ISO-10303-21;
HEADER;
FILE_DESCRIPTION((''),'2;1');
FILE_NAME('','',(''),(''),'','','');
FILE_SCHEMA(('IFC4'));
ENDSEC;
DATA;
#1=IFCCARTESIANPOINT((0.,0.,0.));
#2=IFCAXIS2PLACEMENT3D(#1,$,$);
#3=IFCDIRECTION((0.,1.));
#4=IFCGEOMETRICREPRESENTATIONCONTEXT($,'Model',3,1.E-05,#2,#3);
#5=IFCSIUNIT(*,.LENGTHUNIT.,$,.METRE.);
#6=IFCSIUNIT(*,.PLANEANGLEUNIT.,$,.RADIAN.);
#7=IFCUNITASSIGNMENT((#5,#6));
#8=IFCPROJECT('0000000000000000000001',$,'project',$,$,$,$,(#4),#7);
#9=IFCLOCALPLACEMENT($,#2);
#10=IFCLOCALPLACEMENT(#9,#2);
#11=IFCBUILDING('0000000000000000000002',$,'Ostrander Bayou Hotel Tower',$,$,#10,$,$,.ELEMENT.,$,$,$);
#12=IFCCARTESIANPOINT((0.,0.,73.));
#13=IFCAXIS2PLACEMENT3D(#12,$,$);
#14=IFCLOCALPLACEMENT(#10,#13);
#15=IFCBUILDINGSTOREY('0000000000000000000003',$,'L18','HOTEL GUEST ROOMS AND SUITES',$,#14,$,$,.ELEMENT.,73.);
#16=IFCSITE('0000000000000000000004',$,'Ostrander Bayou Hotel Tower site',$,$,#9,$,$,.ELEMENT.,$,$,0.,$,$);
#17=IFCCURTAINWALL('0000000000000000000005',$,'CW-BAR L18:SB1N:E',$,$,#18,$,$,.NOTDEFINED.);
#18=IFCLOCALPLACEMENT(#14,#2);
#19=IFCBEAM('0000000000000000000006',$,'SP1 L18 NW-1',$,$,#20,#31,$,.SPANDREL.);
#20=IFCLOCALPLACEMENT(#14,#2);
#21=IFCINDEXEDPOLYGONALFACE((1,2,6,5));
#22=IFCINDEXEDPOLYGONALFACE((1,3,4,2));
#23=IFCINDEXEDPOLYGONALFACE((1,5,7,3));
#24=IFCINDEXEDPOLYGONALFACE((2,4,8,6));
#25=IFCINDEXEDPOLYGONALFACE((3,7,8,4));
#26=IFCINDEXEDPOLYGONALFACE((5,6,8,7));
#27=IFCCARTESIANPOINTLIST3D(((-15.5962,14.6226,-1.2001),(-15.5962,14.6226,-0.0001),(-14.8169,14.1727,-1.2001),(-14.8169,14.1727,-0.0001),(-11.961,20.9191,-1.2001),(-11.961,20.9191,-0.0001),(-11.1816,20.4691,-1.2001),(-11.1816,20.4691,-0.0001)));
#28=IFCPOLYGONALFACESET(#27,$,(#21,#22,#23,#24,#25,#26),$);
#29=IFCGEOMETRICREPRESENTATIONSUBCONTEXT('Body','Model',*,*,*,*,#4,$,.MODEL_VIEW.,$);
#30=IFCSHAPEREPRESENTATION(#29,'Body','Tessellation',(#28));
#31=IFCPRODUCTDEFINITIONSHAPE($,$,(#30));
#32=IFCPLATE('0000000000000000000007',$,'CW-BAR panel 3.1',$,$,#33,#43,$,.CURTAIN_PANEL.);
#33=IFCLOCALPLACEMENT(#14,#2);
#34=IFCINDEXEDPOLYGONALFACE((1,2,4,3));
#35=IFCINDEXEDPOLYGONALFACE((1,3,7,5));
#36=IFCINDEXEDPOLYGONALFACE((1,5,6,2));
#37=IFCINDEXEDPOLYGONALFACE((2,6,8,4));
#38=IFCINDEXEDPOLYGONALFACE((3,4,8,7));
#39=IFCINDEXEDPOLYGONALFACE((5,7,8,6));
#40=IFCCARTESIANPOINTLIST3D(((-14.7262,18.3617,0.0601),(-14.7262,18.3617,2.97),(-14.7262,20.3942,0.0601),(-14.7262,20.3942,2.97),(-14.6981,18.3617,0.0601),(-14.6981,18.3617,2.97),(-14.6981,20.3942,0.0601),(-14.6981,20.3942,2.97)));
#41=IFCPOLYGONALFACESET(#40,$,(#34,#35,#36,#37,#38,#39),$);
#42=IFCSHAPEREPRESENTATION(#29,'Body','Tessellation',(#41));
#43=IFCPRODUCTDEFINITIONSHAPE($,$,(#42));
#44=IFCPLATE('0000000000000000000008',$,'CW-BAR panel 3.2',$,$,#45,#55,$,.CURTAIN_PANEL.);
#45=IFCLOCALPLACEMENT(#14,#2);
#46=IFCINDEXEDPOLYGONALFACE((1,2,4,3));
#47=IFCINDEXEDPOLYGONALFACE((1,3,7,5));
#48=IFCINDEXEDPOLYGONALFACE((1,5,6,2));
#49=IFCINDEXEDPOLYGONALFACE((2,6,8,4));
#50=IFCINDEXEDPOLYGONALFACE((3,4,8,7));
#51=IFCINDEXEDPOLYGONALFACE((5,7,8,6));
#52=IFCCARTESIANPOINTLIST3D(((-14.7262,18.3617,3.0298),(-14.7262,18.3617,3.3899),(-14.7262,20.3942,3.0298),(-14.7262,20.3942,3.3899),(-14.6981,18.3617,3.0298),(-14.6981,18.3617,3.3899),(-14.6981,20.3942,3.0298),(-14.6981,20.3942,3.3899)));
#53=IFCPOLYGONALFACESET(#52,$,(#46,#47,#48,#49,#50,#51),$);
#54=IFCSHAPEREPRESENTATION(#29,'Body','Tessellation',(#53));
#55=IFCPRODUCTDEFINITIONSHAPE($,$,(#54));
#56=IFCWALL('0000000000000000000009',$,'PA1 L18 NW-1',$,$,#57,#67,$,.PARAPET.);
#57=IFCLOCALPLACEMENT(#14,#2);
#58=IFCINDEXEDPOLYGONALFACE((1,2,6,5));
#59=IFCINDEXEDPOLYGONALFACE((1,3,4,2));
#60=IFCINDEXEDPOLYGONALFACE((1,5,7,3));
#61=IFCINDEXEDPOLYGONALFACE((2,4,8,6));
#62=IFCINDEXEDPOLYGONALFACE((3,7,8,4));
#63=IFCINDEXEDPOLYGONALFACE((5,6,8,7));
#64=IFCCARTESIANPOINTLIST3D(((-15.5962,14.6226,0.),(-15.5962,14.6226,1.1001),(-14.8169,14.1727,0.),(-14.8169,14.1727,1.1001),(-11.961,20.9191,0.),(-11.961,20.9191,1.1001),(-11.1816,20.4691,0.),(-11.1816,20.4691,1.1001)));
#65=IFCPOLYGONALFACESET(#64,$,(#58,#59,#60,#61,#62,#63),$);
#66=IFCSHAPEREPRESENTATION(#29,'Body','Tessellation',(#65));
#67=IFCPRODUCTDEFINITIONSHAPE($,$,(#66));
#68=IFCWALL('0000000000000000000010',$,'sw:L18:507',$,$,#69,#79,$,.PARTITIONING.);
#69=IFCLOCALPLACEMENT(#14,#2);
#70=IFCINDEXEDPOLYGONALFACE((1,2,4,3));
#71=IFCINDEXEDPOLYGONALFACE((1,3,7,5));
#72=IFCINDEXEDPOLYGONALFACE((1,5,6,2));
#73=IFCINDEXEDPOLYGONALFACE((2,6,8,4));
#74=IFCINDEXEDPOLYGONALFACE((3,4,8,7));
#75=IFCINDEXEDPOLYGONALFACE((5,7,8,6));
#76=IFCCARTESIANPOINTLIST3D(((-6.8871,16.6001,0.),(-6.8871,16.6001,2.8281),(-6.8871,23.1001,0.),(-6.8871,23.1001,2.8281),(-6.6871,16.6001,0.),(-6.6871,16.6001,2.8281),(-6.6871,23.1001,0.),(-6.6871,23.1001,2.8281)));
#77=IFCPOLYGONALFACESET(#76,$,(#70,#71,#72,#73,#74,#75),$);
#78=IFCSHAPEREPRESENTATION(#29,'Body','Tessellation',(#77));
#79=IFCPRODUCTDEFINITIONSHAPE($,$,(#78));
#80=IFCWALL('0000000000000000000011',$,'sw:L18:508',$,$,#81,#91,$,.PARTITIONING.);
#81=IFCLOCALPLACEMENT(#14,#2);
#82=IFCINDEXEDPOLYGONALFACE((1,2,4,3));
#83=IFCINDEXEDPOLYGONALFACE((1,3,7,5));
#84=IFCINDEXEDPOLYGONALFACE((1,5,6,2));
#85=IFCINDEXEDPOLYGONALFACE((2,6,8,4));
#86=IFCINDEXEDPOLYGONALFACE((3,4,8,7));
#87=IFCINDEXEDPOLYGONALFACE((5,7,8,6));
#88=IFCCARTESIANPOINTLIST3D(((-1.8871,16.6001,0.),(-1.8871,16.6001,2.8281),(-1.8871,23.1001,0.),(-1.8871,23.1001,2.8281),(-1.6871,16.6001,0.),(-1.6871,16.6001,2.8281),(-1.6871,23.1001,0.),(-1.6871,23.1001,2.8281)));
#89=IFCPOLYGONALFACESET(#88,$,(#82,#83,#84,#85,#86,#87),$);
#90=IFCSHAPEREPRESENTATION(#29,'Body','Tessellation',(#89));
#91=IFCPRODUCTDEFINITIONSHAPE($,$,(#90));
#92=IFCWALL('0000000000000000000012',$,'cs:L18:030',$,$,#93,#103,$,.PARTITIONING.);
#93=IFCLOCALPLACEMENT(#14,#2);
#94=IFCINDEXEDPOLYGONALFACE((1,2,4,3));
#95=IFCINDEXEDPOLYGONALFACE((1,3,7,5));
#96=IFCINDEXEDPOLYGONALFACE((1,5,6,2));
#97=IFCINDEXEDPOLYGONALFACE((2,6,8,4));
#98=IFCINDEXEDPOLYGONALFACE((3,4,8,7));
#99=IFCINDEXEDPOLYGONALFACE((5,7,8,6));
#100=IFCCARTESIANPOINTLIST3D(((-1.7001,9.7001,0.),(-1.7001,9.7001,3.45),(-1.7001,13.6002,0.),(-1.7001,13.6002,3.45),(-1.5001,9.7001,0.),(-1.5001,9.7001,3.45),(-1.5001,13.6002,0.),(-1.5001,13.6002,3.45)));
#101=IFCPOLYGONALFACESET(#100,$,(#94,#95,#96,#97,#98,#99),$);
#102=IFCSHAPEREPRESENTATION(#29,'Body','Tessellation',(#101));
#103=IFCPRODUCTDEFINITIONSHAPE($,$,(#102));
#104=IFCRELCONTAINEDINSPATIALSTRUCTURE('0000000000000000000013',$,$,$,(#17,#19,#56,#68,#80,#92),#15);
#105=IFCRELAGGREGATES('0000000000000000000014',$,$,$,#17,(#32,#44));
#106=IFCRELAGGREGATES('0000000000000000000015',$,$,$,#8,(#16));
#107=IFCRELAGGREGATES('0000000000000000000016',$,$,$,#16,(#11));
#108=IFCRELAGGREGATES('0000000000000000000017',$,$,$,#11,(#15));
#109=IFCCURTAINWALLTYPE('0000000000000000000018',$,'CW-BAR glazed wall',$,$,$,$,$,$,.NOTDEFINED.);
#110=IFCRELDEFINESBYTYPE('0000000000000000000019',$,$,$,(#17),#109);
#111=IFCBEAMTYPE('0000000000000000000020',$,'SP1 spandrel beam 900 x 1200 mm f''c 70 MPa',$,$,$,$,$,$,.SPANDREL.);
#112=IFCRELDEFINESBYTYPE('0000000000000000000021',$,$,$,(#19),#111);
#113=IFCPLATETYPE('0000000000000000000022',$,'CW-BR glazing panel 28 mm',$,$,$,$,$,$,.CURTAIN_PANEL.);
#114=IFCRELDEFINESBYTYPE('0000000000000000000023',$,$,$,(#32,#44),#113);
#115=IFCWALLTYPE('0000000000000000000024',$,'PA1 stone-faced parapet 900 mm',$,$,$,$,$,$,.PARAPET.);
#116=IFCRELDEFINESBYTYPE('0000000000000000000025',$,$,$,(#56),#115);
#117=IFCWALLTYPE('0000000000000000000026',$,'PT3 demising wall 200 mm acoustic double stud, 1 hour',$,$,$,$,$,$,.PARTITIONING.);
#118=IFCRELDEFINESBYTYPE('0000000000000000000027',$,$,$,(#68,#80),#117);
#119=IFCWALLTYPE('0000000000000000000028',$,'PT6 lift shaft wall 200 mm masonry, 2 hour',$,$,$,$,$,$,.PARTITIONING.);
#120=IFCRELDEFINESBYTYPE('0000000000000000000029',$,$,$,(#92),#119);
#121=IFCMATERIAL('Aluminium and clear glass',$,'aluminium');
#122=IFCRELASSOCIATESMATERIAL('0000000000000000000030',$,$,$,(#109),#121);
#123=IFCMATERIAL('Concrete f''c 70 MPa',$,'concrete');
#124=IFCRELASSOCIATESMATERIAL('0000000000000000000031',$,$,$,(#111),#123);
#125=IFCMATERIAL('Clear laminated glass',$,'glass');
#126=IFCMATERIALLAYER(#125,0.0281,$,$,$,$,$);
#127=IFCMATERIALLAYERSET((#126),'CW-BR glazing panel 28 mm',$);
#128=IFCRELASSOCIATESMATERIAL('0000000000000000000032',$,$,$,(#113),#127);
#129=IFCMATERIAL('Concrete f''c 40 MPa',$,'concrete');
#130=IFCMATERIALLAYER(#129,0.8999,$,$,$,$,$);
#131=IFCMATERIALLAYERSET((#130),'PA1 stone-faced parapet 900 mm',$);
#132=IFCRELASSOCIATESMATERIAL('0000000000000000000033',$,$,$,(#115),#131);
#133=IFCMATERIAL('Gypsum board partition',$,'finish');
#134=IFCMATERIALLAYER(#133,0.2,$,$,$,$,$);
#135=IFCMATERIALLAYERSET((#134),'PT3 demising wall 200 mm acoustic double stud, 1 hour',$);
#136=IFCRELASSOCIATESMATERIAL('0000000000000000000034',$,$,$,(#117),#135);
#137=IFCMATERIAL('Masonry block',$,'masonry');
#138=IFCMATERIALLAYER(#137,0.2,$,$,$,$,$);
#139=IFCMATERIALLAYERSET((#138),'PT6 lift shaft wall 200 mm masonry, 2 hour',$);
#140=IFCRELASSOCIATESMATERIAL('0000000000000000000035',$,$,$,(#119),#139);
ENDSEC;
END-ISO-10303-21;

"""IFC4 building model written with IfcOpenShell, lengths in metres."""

from ifc_helpers import new_model, si_unit, direction, frame, frame_2d, origin, origin_2d, place, context, subcontext, project, spatial, rectangle, extrude, material, layer, layer_set, material_profile, profile_set, type_object, element, aggregate, save


model = new_model("IFC4")

# Units and contexts
model_context = context("Model", 3, precision=1e-05, world=origin(), true_north=direction((0.0, 1.0)))
body_context = subcontext(model_context, "Body", "Model", "MODEL_VIEW")
ifc_project = project(units=[si_unit("LENGTHUNIT", "METRE"), si_unit("PLANEANGLEUNIT", "RADIAN")], contexts=[model_context])

# Site, building, storey
site_placement = place(None, origin())
site = spatial("IfcSite", under=ifc_project, at=site_placement, Name="Ostrander Bayou Hotel Tower site", CompositionType="ELEMENT", RefElevation=0.0)
building_placement = place(site_placement, origin())
building = spatial("IfcBuilding", under=site, at=building_placement, Name="Ostrander Bayou Hotel Tower", CompositionType="ELEMENT")
storey_placement = place(building_placement, frame((0.0, 0.0, 73.0)))
storey = spatial("IfcBuildingStorey", under=building, at=storey_placement, Name="L18", Description="HOTEL GUEST ROOMS AND SUITES", CompositionType="ELEMENT", Elevation=73.0)

# Curtain wall
ifc_material_1 = material(Name="Aluminium and clear glass", Category="aluminium")
curtain_wall_type = type_object("IfcCurtainWallType", Name="CW-BAR glazed wall", PredefinedType="NOTDEFINED", material=ifc_material_1)
curtain_wall_placement = place(storey_placement, origin())
curtain_wall = element("IfcCurtainWall", 1, at=curtain_wall_placement, inside=storey, type_object=curtain_wall_type, Name="CW-BAR L18:SB1N:E", PredefinedType="NOTDEFINED")

# Beam
ifc_material_2 = material(Name="Concrete f'c 70 MPa", Category="concrete")
ifc_material_profile_1 = material_profile(ifc_material_2, rectangle(XDim=0.8999, YDim=1.2, at=origin_2d()))
ifc_profile_set_1 = profile_set([ifc_material_profile_1], Name="Concrete f'c 70 MPa")
beam_type = type_object("IfcBeamType", Name="SP1 spandrel beam 900 x 1200 mm f'c 70 MPa", PredefinedType="SPANDREL", material=ifc_profile_set_1)
beam_placement = place(storey_placement, frame((-11.5713, 20.6941, -0.6001), z_axis=(-0.500003, -0.866023, 0.0), x_axis=(0.866023, -0.500003, 0.0)))
element("IfcBeam", 2, at=beam_placement, inside=storey, type_object=beam_type, Name="SP1 L18 NW-1", PredefinedType="SPANDREL", context=body_context, shape_type="SweptSolid", body=[
    extrude(rectangle(XDim=0.8999, YDim=1.2, at=origin_2d()), origin(), (0.0, 0.0, 1.0), 7.2705),
])

# Plates
ifc_material_3 = material(Name="Clear laminated glass", Category="glass")
ifc_layer_1 = layer(ifc_material_3, 0.0281)
ifc_layer_set_1 = layer_set([ifc_layer_1], Name="CW-BR glazing panel 28 mm")
plate_type = type_object("IfcPlateType", Name="CW-BR glazing panel 28 mm", PredefinedType="CURTAIN_PANEL", material=ifc_layer_set_1)
plate_1_placement = place(storey_placement, frame((-14.7122, 19.3779, 0.0601), z_axis=(0.0, 0.0, 1.0), x_axis=(0.0, 1.0, 0.0)))
plate_1 = element("IfcPlate", 3, at=plate_1_placement, type_object=plate_type, Name="CW-BAR panel 3.1", PredefinedType="CURTAIN_PANEL", context=body_context, shape_type="SweptSolid", body=[
    extrude(rectangle(XDim=2.0325, YDim=0.0281, at=origin_2d()), origin(), (0.0, 0.0, 1.0), 2.9099),
])
plate_2_placement = place(storey_placement, frame((-14.7122, 19.3779, 3.0298), z_axis=(0.0, 0.0, 1.0), x_axis=(0.0, 1.0, 0.0)))
plate_2 = element("IfcPlate", 4, at=plate_2_placement, type_object=plate_type, Name="CW-BAR panel 3.2", PredefinedType="CURTAIN_PANEL", context=body_context, shape_type="SweptSolid", body=[
    extrude(rectangle(XDim=2.0325, YDim=0.0281, at=origin_2d()), origin(), (0.0, 0.0, 1.0), 0.3601),
])
aggregate(curtain_wall, [plate_1, plate_2])

# Walls
ifc_material_4 = material(Name="Concrete f'c 40 MPa", Category="concrete")
ifc_layer_2 = layer(ifc_material_4, 0.8999)
ifc_layer_set_2 = layer_set([ifc_layer_2], Name="PA1 stone-faced parapet 900 mm")
wall_type_1 = type_object("IfcWallType", Name="PA1 stone-faced parapet 900 mm", PredefinedType="PARAPET", material=ifc_layer_set_2)
wall_1_placement = place(storey_placement, frame((-11.5713, 20.6941, 0.0), z_axis=(0.0, 0.0, 1.0), x_axis=(-0.500003, -0.866023, 0.0)))
element("IfcWall", 5, at=wall_1_placement, inside=storey, type_object=wall_type_1, Name="PA1 L18 NW-1", PredefinedType="PARAPET", context=body_context, shape_type="SweptSolid", body=[
    extrude(rectangle(XDim=7.2705, YDim=0.8999, at=frame_2d((3.6353, 0.0))), origin(), (0.0, 0.0, 1.0), 1.1001),
])
ifc_material_5 = material(Name="Gypsum board partition", Category="finish")
ifc_layer_3 = layer(ifc_material_5, 0.2)
ifc_layer_set_3 = layer_set([ifc_layer_3], Name="PT3 demising wall 200 mm acoustic double stud, 1 hour")
wall_type_2 = type_object("IfcWallType", Name="PT3 demising wall 200 mm acoustic double stud, 1 hour", PredefinedType="PARTITIONING", material=ifc_layer_set_3)
for number, where, z_axis, x_axis, name in (
    (6, (-6.7871, 16.6001, 0.0), (0.0, 0.0, 1.0), (0.0, 1.0, 0.0), "sw:L18:507"),
    (7, (-1.7871, 16.6001, 0.0), (0.0, 0.0, 1.0), (0.0, 1.0, 0.0), "sw:L18:508"),
):
    element("IfcWall", number, at=place(storey_placement, frame(where, z_axis=z_axis, x_axis=x_axis)), inside=storey, type_object=wall_type_2, Name=name, PredefinedType="PARTITIONING", context=body_context, shape_type="SweptSolid", body=[
        extrude(rectangle(XDim=6.5, YDim=0.2, at=frame_2d((3.25, 0.0))), origin(), (0.0, 0.0, 1.0), 2.8281),
    ])

# Wall
ifc_material_6 = material(Name="Masonry block", Category="masonry")
ifc_layer_4 = layer(ifc_material_6, 0.2)
ifc_layer_set_4 = layer_set([ifc_layer_4], Name="PT6 lift shaft wall 200 mm masonry, 2 hour")
wall_type_3 = type_object("IfcWallType", Name="PT6 lift shaft wall 200 mm masonry, 2 hour", PredefinedType="PARTITIONING", material=ifc_layer_set_4)
wall_2_placement = place(storey_placement, frame((-1.6001, 9.7, 0.0), z_axis=(0.0, 0.0, 1.0), x_axis=(0.0, 1.0, 0.0)))
element("IfcWall", 8, at=wall_2_placement, inside=storey, type_object=wall_type_3, Name="cs:L18:030", PredefinedType="PARTITIONING", context=body_context, shape_type="SweptSolid", body=[
    extrude(rectangle(XDim=3.9001, YDim=0.2, at=frame_2d((1.9502, 0.0))), origin(), (0.0, 0.0, 1.0), 3.45),
])

save(model, "model.ifc")
